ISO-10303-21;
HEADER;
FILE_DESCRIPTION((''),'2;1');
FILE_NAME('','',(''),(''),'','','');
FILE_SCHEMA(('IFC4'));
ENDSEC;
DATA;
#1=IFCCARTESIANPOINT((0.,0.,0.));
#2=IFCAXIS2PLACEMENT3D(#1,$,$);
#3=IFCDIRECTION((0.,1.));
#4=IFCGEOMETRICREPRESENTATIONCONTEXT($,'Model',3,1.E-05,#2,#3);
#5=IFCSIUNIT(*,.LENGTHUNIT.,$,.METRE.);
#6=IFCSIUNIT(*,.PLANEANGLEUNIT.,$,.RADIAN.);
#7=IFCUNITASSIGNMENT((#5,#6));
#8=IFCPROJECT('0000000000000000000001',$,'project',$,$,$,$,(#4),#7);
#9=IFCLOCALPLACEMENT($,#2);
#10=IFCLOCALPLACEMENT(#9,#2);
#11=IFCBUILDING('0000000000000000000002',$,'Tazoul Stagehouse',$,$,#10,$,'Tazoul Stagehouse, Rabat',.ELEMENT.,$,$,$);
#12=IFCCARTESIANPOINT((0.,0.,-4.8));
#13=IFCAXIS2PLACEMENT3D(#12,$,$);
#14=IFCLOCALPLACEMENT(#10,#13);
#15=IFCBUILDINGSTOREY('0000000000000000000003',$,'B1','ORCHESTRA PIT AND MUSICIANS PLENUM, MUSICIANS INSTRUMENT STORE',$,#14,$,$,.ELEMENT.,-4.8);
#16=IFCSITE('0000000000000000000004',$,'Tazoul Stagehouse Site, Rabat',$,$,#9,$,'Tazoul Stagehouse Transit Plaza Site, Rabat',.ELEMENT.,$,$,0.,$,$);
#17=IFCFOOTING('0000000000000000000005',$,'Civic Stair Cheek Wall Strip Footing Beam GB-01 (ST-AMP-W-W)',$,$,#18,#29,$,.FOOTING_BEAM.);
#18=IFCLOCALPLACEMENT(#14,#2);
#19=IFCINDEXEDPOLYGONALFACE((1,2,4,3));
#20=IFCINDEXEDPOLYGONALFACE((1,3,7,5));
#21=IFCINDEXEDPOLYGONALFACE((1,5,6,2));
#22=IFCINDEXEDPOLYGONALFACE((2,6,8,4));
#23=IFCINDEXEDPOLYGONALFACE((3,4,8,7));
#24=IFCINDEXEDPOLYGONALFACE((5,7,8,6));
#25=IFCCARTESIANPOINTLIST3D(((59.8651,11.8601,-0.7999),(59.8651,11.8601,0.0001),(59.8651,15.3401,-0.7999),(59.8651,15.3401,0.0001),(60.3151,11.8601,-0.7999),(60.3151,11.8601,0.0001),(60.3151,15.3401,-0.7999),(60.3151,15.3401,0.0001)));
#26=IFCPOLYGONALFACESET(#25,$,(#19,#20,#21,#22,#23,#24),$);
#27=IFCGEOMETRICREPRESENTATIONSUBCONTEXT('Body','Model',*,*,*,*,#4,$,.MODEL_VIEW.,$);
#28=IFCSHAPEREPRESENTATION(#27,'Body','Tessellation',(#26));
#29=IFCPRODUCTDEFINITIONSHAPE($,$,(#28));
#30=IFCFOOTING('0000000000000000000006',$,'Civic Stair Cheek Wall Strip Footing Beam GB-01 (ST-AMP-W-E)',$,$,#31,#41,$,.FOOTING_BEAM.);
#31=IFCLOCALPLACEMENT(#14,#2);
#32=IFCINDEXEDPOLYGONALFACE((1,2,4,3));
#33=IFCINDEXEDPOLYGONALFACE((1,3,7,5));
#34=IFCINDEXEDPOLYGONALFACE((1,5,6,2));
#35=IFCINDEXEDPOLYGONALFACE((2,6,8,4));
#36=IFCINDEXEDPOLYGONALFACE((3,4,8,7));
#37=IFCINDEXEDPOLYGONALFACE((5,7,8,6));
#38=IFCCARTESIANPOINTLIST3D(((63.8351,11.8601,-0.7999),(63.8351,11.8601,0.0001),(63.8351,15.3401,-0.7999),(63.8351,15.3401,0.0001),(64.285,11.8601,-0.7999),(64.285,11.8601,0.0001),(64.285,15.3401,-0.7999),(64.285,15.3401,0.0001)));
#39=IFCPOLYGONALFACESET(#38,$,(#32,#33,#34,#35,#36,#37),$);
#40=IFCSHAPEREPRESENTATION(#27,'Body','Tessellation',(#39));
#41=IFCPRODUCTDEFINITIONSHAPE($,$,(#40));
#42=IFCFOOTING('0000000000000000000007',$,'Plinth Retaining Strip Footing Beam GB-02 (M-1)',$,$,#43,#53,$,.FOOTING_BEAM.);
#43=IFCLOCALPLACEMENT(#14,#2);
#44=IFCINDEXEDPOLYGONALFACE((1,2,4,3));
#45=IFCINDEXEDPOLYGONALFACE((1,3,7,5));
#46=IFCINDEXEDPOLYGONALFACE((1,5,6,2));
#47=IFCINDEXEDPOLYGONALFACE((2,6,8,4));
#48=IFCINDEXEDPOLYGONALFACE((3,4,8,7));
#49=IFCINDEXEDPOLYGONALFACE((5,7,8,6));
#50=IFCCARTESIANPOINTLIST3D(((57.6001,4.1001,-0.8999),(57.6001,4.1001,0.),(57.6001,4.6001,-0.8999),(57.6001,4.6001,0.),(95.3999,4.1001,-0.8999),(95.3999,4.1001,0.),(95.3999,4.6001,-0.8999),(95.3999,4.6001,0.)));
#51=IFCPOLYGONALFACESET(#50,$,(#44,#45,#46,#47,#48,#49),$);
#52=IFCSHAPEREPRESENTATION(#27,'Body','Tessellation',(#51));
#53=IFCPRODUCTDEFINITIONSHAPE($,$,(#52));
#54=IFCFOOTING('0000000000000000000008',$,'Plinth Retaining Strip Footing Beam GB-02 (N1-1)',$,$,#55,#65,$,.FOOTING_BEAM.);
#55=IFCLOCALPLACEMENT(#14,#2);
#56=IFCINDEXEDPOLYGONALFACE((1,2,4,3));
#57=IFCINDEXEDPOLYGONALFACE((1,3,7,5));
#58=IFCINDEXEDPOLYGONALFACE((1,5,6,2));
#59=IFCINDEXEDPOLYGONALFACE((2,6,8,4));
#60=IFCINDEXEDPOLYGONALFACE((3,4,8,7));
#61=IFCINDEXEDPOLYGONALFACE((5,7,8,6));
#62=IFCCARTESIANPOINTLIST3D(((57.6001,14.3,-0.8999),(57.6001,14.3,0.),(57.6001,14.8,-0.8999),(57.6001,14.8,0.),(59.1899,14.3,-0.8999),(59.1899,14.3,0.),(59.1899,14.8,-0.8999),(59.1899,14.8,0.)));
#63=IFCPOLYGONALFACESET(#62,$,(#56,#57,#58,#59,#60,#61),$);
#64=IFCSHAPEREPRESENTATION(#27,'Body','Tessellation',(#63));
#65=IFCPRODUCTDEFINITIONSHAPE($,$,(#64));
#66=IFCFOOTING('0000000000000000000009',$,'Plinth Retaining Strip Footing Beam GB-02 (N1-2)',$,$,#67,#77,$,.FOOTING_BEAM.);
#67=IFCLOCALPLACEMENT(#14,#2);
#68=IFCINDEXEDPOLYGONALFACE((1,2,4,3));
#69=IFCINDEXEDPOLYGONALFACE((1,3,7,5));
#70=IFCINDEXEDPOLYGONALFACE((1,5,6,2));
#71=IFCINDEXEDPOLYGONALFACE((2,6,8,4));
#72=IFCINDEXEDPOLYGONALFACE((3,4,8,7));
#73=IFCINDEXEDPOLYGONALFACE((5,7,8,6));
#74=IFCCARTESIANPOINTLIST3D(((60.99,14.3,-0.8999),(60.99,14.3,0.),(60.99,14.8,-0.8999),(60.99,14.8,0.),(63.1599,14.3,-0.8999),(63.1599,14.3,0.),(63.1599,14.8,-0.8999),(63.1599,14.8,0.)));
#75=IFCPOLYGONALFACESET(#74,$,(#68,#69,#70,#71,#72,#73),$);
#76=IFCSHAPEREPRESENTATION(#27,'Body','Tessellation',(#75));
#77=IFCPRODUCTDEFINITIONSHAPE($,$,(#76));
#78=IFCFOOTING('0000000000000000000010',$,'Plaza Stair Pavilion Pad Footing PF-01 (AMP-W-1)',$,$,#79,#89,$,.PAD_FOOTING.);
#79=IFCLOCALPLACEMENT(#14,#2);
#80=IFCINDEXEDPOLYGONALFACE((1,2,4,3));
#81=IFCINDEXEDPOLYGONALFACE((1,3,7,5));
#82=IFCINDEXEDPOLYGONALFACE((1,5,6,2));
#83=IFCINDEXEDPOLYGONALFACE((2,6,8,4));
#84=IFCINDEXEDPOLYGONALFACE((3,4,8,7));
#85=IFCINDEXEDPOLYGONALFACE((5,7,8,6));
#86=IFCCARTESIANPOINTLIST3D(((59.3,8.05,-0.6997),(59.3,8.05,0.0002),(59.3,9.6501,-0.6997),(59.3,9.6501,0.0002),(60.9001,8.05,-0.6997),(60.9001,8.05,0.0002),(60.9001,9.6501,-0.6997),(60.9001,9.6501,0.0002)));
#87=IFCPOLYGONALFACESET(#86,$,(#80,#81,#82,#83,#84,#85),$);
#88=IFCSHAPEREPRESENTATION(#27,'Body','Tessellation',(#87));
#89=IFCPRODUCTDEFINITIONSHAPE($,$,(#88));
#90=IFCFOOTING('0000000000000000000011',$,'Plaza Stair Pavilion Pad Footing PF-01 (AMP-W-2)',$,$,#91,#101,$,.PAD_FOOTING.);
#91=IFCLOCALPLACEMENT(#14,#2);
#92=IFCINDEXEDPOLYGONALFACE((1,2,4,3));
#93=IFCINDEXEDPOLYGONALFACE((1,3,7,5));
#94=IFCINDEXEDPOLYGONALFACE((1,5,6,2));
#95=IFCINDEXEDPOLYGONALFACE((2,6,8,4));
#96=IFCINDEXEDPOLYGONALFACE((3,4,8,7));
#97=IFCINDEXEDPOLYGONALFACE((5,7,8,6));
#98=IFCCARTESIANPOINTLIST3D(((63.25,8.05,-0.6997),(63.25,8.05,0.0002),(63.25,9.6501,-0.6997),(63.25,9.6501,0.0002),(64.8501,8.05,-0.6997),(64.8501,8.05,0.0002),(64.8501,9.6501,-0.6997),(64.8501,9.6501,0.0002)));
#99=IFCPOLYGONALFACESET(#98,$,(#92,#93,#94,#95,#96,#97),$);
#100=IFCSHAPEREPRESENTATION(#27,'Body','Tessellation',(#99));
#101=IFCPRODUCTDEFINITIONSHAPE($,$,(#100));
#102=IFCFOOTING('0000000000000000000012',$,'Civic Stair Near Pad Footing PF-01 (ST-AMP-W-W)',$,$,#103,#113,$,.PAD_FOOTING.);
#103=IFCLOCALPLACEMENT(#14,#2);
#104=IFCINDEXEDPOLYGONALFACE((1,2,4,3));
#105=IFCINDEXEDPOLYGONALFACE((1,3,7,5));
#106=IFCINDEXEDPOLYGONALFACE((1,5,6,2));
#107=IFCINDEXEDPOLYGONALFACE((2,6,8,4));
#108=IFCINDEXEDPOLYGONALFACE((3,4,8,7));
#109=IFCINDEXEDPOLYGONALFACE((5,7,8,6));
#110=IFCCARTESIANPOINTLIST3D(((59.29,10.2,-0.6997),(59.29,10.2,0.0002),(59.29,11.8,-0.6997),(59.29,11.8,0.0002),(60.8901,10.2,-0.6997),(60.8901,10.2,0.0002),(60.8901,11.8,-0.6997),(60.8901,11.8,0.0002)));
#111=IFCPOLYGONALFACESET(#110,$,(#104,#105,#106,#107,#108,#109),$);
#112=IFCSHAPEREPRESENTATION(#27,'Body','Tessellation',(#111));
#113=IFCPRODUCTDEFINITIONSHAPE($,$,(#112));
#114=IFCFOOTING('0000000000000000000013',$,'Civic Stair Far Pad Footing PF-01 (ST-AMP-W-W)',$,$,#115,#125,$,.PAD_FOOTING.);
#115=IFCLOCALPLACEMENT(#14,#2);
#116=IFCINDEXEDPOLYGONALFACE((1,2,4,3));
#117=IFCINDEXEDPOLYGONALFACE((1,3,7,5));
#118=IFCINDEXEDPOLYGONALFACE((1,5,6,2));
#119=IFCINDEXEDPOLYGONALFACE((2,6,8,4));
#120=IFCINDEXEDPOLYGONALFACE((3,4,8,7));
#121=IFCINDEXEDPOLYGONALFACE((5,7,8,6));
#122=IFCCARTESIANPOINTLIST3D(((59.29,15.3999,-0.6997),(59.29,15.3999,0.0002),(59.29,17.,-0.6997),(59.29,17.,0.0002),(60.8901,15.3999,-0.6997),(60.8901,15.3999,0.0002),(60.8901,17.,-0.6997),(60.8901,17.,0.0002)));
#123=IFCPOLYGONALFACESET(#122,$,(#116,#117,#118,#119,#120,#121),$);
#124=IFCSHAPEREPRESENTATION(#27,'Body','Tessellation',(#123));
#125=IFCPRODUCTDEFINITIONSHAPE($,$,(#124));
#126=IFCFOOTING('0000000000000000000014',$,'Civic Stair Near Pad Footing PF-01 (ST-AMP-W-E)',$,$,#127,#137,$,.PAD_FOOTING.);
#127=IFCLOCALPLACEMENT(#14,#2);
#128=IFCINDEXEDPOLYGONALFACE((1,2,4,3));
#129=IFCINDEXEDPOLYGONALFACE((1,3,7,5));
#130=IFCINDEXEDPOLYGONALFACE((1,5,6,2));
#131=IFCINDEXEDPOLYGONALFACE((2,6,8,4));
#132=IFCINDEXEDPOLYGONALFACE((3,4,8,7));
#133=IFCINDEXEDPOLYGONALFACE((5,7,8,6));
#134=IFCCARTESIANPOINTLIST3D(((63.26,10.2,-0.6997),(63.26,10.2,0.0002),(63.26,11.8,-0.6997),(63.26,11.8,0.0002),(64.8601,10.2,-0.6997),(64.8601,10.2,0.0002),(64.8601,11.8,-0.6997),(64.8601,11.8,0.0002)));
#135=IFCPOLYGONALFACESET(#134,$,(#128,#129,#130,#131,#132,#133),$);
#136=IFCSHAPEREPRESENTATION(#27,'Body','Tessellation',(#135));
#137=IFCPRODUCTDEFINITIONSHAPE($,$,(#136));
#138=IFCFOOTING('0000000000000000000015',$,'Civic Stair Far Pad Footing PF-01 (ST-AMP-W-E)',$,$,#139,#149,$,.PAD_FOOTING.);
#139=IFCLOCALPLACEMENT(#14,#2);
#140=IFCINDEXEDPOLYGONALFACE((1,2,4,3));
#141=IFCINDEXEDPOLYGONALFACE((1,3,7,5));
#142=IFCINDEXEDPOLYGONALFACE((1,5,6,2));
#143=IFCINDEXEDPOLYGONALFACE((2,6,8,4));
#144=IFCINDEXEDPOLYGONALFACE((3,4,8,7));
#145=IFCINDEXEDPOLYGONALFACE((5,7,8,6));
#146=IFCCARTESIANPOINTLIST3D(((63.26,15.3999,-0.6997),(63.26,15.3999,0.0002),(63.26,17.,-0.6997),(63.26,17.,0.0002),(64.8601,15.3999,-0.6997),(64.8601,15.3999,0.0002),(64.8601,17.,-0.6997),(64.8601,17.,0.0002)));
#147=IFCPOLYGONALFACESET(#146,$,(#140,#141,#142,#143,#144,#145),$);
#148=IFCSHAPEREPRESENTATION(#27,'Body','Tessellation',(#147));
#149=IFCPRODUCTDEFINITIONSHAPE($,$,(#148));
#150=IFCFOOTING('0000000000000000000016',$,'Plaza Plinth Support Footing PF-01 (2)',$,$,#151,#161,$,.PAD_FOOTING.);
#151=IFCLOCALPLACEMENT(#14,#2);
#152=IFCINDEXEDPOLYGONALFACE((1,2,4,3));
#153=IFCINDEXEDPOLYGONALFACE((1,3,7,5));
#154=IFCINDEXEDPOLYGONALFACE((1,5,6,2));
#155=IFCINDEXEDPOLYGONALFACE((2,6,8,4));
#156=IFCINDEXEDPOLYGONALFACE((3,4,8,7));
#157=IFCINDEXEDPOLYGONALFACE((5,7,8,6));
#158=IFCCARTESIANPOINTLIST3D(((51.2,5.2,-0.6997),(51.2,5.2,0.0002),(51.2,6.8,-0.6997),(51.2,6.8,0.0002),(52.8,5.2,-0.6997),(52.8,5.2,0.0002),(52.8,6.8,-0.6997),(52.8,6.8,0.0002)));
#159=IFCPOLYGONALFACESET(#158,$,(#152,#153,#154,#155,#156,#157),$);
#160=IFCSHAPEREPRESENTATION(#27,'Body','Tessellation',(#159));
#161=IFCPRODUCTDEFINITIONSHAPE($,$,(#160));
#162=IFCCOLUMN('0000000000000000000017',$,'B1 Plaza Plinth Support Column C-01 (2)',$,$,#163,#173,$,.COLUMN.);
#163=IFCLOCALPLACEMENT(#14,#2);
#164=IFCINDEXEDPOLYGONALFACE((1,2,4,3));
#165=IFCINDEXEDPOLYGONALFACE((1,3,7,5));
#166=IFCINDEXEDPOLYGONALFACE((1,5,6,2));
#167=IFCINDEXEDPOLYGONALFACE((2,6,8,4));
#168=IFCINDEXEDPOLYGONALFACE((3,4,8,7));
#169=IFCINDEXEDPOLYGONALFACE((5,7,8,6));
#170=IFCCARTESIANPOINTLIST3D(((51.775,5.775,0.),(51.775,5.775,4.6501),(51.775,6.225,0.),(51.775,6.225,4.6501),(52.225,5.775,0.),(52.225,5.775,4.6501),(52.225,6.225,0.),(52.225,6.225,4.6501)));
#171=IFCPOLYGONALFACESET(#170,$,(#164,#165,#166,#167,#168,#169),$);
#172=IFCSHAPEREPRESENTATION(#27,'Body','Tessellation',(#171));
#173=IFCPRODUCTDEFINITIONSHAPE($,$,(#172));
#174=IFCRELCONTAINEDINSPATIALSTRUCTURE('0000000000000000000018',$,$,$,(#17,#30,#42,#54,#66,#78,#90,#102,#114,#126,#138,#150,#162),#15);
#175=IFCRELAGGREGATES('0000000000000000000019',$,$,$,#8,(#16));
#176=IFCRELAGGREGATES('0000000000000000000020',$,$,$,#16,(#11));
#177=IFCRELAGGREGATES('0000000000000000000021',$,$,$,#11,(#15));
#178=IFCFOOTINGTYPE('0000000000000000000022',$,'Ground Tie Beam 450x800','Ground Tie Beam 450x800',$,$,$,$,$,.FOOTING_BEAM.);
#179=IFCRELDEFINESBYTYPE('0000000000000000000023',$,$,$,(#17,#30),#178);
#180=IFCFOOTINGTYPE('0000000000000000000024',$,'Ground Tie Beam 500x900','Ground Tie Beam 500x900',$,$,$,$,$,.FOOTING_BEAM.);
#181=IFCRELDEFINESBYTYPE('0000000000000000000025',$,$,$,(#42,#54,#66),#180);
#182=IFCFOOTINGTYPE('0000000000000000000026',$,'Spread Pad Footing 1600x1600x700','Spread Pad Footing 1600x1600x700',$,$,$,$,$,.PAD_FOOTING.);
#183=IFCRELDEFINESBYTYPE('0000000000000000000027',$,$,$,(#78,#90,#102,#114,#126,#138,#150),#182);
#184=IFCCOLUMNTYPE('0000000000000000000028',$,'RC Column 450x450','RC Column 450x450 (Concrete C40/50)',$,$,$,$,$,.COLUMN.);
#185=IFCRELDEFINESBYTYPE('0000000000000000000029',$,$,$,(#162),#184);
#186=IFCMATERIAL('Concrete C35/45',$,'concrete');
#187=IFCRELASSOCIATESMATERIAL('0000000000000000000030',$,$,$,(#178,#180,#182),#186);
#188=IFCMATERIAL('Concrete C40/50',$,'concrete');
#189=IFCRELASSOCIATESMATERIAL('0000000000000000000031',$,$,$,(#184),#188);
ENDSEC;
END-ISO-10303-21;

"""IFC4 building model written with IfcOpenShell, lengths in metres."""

from ifc_helpers import new_model, si_unit, direction, frame, origin, origin_2d, place, context, subcontext, project, spatial, rectangle, extrude, material, material_profile, profile_set, type_object, element, save


model = new_model("IFC4")

# Units and contexts
model_context = context("Model", 3, precision=1e-05, world=origin(), true_north=direction((0.0, 1.0)))
body_context = subcontext(model_context, "Body", "Model", "MODEL_VIEW")
ifc_project = project(units=[si_unit("LENGTHUNIT", "METRE"), si_unit("PLANEANGLEUNIT", "RADIAN")], contexts=[model_context])

# Site, building, storey
site_placement = place(None, origin())
site = spatial("IfcSite", under=ifc_project, at=site_placement, Name="Tazoul Stagehouse Site, Rabat", LongName="Tazoul Stagehouse Transit Plaza Site, Rabat", CompositionType="ELEMENT", RefElevation=0.0)
building_placement = place(site_placement, origin())
building = spatial("IfcBuilding", under=site, at=building_placement, Name="Tazoul Stagehouse", LongName="Tazoul Stagehouse, Rabat", CompositionType="ELEMENT")
storey_placement = place(building_placement, frame((0.0, 0.0, -4.8)))
storey = spatial("IfcBuildingStorey", under=building, at=storey_placement, Name="B1", Description="ORCHESTRA PIT AND MUSICIANS PLENUM, MUSICIANS INSTRUMENT STORE", CompositionType="ELEMENT", Elevation=-4.8)

# Footings
ifc_material_1 = material(Name="Concrete C35/45", Category="concrete")
ifc_material_profile_1 = material_profile(ifc_material_1, rectangle(XDim=0.45, YDim=0.8, at=origin_2d()), Name="RC 450x800")
ifc_profile_set_1 = profile_set([ifc_material_profile_1], Name="Concrete C35/45")
footing_type_1 = type_object("IfcFootingType", Name="Ground Tie Beam 450x800", Description="Ground Tie Beam 450x800", PredefinedType="FOOTING_BEAM", material=ifc_profile_set_1)
for number, where, z_axis, x_axis, name in (
    (1, (60.0901, 11.8601, -0.3999), (0.0, 1.0, 0.0), (-1.0, 0.0, 0.0), "Civic Stair Cheek Wall Strip Footing Beam GB-01 (ST-AMP-W-W)"),
    (2, (64.0601, 11.8601, -0.3999), (0.0, 1.0, 0.0), (-1.0, 0.0, 0.0), "Civic Stair Cheek Wall Strip Footing Beam GB-01 (ST-AMP-W-E)"),
):
    element("IfcFooting", number, at=place(storey_placement, frame(where, z_axis=z_axis, x_axis=x_axis)), inside=storey, type_object=footing_type_1, Name=name, PredefinedType="FOOTING_BEAM", context=body_context, shape_type="SweptSolid", body=[
        extrude(rectangle(XDim=0.45, YDim=0.8, at=origin_2d()), origin(), (0.0, 0.0, 1.0), 3.48),
    ])
ifc_material_profile_2 = material_profile(ifc_material_1, rectangle(XDim=0.5, YDim=0.8999, at=origin_2d()), Name="RC 500x900")
ifc_profile_set_2 = profile_set([ifc_material_profile_2], Name="Concrete C35/45")
footing_type_2 = type_object("IfcFootingType", Name="Ground Tie Beam 500x900", Description="Ground Tie Beam 500x900", PredefinedType="FOOTING_BEAM", material=ifc_profile_set_2)
footing_1_placement = place(storey_placement, frame((57.6001, 4.3501, -0.45), z_axis=(1.0, 0.0, 0.0), x_axis=(0.0, 1.0, 0.0)))
element("IfcFooting", 3, at=footing_1_placement, inside=storey, type_object=footing_type_2, Name="Plinth Retaining Strip Footing Beam GB-02 (M-1)", PredefinedType="FOOTING_BEAM", context=body_context, shape_type="SweptSolid", body=[
    extrude(rectangle(XDim=0.5, YDim=0.8999, at=origin_2d()), origin(), (0.0, 0.0, 1.0), 37.7998),
])
footing_2_placement = place(storey_placement, frame((57.6001, 14.55, -0.45), z_axis=(1.0, 0.0, 0.0), x_axis=(0.0, 1.0, 0.0)))
element("IfcFooting", 4, at=footing_2_placement, inside=storey, type_object=footing_type_2, Name="Plinth Retaining Strip Footing Beam GB-02 (N1-1)", PredefinedType="FOOTING_BEAM", context=body_context, shape_type="SweptSolid", body=[
    extrude(rectangle(XDim=0.5, YDim=0.8999, at=origin_2d()), origin(), (0.0, 0.0, 1.0), 1.5898),
])
footing_3_placement = place(storey_placement, frame((60.99, 14.55, -0.45), z_axis=(1.0, 0.0, 0.0), x_axis=(0.0, 1.0, 0.0)))
element("IfcFooting", 5, at=footing_3_placement, inside=storey, type_object=footing_type_2, Name="Plinth Retaining Strip Footing Beam GB-02 (N1-2)", PredefinedType="FOOTING_BEAM", context=body_context, shape_type="SweptSolid", body=[
    extrude(rectangle(XDim=0.5, YDim=0.8999, at=origin_2d()), origin(), (0.0, 0.0, 1.0), 2.1699),
])
footing_type_3 = type_object("IfcFootingType", Name="Spread Pad Footing 1600x1600x700", Description="Spread Pad Footing 1600x1600x700", PredefinedType="PAD_FOOTING", material=ifc_material_1)
for number, where, z_axis, x_axis, name in (
    (6, (60.1001, 8.8501, -0.6997), (0.0, 0.0, 1.0), (1.0, 0.0, 0.0), "Plaza Stair Pavilion Pad Footing PF-01 (AMP-W-1)"),
    (7, (64.05, 8.8501, -0.6997), (0.0, 0.0, 1.0), (1.0, 0.0, 0.0), "Plaza Stair Pavilion Pad Footing PF-01 (AMP-W-2)"),
    (8, (60.0901, 11.0, -0.6997), (0.0, 0.0, 1.0), (1.0, 0.0, 0.0), "Civic Stair Near Pad Footing PF-01 (ST-AMP-W-W)"),
    (9, (60.0901, 16.2, -0.6997), (0.0, 0.0, 1.0), (1.0, 0.0, 0.0), "Civic Stair Far Pad Footing PF-01 (ST-AMP-W-W)"),
    (10, (64.0601, 11.0, -0.6997), (0.0, 0.0, 1.0), (1.0, 0.0, 0.0), "Civic Stair Near Pad Footing PF-01 (ST-AMP-W-E)"),
    (11, (64.0601, 16.2, -0.6997), (0.0, 0.0, 1.0), (1.0, 0.0, 0.0), "Civic Stair Far Pad Footing PF-01 (ST-AMP-W-E)"),
    (12, (52.0, 6.0, -0.6997), (0.0, 0.0, 1.0), (1.0, 0.0, 0.0), "Plaza Plinth Support Footing PF-01 (2)"),
):
    element("IfcFooting", number, at=place(storey_placement, frame(where, z_axis=z_axis, x_axis=x_axis)), inside=storey, type_object=footing_type_3, Name=name, PredefinedType="PAD_FOOTING", context=body_context, shape_type="SweptSolid", body=[
        extrude(rectangle(XDim=1.6001, YDim=1.6001, at=origin_2d()), origin(), (0.0, 0.0, 1.0), 0.7),
    ])

# Column
ifc_material_2 = material(Name="Concrete C40/50", Category="concrete")
ifc_material_profile_3 = material_profile(ifc_material_2, rectangle(XDim=0.45, YDim=0.45, at=origin_2d()), Name="RC 450x450")
ifc_profile_set_3 = profile_set([ifc_material_profile_3], Name="Concrete C40/50")
column_type_1 = type_object("IfcColumnType", Name="RC Column 450x450", Description="RC Column 450x450 (Concrete C40/50)", PredefinedType="COLUMN", material=ifc_profile_set_3)
column_placement = place(storey_placement, frame((52.0, 6.0, 0.0), z_axis=(0.0, 0.0, 1.0), x_axis=(1.0, 0.0, 0.0)))
element("IfcColumn", 13, at=column_placement, inside=storey, type_object=column_type_1, Name="B1 Plaza Plinth Support Column C-01 (2)", PredefinedType="COLUMN", context=body_context, shape_type="SweptSolid", body=[
    extrude(rectangle(XDim=0.45, YDim=0.45, at=origin_2d()), origin(), (0.0, 0.0, 1.0), 4.6501),
])

save(model, "model.ifc")
